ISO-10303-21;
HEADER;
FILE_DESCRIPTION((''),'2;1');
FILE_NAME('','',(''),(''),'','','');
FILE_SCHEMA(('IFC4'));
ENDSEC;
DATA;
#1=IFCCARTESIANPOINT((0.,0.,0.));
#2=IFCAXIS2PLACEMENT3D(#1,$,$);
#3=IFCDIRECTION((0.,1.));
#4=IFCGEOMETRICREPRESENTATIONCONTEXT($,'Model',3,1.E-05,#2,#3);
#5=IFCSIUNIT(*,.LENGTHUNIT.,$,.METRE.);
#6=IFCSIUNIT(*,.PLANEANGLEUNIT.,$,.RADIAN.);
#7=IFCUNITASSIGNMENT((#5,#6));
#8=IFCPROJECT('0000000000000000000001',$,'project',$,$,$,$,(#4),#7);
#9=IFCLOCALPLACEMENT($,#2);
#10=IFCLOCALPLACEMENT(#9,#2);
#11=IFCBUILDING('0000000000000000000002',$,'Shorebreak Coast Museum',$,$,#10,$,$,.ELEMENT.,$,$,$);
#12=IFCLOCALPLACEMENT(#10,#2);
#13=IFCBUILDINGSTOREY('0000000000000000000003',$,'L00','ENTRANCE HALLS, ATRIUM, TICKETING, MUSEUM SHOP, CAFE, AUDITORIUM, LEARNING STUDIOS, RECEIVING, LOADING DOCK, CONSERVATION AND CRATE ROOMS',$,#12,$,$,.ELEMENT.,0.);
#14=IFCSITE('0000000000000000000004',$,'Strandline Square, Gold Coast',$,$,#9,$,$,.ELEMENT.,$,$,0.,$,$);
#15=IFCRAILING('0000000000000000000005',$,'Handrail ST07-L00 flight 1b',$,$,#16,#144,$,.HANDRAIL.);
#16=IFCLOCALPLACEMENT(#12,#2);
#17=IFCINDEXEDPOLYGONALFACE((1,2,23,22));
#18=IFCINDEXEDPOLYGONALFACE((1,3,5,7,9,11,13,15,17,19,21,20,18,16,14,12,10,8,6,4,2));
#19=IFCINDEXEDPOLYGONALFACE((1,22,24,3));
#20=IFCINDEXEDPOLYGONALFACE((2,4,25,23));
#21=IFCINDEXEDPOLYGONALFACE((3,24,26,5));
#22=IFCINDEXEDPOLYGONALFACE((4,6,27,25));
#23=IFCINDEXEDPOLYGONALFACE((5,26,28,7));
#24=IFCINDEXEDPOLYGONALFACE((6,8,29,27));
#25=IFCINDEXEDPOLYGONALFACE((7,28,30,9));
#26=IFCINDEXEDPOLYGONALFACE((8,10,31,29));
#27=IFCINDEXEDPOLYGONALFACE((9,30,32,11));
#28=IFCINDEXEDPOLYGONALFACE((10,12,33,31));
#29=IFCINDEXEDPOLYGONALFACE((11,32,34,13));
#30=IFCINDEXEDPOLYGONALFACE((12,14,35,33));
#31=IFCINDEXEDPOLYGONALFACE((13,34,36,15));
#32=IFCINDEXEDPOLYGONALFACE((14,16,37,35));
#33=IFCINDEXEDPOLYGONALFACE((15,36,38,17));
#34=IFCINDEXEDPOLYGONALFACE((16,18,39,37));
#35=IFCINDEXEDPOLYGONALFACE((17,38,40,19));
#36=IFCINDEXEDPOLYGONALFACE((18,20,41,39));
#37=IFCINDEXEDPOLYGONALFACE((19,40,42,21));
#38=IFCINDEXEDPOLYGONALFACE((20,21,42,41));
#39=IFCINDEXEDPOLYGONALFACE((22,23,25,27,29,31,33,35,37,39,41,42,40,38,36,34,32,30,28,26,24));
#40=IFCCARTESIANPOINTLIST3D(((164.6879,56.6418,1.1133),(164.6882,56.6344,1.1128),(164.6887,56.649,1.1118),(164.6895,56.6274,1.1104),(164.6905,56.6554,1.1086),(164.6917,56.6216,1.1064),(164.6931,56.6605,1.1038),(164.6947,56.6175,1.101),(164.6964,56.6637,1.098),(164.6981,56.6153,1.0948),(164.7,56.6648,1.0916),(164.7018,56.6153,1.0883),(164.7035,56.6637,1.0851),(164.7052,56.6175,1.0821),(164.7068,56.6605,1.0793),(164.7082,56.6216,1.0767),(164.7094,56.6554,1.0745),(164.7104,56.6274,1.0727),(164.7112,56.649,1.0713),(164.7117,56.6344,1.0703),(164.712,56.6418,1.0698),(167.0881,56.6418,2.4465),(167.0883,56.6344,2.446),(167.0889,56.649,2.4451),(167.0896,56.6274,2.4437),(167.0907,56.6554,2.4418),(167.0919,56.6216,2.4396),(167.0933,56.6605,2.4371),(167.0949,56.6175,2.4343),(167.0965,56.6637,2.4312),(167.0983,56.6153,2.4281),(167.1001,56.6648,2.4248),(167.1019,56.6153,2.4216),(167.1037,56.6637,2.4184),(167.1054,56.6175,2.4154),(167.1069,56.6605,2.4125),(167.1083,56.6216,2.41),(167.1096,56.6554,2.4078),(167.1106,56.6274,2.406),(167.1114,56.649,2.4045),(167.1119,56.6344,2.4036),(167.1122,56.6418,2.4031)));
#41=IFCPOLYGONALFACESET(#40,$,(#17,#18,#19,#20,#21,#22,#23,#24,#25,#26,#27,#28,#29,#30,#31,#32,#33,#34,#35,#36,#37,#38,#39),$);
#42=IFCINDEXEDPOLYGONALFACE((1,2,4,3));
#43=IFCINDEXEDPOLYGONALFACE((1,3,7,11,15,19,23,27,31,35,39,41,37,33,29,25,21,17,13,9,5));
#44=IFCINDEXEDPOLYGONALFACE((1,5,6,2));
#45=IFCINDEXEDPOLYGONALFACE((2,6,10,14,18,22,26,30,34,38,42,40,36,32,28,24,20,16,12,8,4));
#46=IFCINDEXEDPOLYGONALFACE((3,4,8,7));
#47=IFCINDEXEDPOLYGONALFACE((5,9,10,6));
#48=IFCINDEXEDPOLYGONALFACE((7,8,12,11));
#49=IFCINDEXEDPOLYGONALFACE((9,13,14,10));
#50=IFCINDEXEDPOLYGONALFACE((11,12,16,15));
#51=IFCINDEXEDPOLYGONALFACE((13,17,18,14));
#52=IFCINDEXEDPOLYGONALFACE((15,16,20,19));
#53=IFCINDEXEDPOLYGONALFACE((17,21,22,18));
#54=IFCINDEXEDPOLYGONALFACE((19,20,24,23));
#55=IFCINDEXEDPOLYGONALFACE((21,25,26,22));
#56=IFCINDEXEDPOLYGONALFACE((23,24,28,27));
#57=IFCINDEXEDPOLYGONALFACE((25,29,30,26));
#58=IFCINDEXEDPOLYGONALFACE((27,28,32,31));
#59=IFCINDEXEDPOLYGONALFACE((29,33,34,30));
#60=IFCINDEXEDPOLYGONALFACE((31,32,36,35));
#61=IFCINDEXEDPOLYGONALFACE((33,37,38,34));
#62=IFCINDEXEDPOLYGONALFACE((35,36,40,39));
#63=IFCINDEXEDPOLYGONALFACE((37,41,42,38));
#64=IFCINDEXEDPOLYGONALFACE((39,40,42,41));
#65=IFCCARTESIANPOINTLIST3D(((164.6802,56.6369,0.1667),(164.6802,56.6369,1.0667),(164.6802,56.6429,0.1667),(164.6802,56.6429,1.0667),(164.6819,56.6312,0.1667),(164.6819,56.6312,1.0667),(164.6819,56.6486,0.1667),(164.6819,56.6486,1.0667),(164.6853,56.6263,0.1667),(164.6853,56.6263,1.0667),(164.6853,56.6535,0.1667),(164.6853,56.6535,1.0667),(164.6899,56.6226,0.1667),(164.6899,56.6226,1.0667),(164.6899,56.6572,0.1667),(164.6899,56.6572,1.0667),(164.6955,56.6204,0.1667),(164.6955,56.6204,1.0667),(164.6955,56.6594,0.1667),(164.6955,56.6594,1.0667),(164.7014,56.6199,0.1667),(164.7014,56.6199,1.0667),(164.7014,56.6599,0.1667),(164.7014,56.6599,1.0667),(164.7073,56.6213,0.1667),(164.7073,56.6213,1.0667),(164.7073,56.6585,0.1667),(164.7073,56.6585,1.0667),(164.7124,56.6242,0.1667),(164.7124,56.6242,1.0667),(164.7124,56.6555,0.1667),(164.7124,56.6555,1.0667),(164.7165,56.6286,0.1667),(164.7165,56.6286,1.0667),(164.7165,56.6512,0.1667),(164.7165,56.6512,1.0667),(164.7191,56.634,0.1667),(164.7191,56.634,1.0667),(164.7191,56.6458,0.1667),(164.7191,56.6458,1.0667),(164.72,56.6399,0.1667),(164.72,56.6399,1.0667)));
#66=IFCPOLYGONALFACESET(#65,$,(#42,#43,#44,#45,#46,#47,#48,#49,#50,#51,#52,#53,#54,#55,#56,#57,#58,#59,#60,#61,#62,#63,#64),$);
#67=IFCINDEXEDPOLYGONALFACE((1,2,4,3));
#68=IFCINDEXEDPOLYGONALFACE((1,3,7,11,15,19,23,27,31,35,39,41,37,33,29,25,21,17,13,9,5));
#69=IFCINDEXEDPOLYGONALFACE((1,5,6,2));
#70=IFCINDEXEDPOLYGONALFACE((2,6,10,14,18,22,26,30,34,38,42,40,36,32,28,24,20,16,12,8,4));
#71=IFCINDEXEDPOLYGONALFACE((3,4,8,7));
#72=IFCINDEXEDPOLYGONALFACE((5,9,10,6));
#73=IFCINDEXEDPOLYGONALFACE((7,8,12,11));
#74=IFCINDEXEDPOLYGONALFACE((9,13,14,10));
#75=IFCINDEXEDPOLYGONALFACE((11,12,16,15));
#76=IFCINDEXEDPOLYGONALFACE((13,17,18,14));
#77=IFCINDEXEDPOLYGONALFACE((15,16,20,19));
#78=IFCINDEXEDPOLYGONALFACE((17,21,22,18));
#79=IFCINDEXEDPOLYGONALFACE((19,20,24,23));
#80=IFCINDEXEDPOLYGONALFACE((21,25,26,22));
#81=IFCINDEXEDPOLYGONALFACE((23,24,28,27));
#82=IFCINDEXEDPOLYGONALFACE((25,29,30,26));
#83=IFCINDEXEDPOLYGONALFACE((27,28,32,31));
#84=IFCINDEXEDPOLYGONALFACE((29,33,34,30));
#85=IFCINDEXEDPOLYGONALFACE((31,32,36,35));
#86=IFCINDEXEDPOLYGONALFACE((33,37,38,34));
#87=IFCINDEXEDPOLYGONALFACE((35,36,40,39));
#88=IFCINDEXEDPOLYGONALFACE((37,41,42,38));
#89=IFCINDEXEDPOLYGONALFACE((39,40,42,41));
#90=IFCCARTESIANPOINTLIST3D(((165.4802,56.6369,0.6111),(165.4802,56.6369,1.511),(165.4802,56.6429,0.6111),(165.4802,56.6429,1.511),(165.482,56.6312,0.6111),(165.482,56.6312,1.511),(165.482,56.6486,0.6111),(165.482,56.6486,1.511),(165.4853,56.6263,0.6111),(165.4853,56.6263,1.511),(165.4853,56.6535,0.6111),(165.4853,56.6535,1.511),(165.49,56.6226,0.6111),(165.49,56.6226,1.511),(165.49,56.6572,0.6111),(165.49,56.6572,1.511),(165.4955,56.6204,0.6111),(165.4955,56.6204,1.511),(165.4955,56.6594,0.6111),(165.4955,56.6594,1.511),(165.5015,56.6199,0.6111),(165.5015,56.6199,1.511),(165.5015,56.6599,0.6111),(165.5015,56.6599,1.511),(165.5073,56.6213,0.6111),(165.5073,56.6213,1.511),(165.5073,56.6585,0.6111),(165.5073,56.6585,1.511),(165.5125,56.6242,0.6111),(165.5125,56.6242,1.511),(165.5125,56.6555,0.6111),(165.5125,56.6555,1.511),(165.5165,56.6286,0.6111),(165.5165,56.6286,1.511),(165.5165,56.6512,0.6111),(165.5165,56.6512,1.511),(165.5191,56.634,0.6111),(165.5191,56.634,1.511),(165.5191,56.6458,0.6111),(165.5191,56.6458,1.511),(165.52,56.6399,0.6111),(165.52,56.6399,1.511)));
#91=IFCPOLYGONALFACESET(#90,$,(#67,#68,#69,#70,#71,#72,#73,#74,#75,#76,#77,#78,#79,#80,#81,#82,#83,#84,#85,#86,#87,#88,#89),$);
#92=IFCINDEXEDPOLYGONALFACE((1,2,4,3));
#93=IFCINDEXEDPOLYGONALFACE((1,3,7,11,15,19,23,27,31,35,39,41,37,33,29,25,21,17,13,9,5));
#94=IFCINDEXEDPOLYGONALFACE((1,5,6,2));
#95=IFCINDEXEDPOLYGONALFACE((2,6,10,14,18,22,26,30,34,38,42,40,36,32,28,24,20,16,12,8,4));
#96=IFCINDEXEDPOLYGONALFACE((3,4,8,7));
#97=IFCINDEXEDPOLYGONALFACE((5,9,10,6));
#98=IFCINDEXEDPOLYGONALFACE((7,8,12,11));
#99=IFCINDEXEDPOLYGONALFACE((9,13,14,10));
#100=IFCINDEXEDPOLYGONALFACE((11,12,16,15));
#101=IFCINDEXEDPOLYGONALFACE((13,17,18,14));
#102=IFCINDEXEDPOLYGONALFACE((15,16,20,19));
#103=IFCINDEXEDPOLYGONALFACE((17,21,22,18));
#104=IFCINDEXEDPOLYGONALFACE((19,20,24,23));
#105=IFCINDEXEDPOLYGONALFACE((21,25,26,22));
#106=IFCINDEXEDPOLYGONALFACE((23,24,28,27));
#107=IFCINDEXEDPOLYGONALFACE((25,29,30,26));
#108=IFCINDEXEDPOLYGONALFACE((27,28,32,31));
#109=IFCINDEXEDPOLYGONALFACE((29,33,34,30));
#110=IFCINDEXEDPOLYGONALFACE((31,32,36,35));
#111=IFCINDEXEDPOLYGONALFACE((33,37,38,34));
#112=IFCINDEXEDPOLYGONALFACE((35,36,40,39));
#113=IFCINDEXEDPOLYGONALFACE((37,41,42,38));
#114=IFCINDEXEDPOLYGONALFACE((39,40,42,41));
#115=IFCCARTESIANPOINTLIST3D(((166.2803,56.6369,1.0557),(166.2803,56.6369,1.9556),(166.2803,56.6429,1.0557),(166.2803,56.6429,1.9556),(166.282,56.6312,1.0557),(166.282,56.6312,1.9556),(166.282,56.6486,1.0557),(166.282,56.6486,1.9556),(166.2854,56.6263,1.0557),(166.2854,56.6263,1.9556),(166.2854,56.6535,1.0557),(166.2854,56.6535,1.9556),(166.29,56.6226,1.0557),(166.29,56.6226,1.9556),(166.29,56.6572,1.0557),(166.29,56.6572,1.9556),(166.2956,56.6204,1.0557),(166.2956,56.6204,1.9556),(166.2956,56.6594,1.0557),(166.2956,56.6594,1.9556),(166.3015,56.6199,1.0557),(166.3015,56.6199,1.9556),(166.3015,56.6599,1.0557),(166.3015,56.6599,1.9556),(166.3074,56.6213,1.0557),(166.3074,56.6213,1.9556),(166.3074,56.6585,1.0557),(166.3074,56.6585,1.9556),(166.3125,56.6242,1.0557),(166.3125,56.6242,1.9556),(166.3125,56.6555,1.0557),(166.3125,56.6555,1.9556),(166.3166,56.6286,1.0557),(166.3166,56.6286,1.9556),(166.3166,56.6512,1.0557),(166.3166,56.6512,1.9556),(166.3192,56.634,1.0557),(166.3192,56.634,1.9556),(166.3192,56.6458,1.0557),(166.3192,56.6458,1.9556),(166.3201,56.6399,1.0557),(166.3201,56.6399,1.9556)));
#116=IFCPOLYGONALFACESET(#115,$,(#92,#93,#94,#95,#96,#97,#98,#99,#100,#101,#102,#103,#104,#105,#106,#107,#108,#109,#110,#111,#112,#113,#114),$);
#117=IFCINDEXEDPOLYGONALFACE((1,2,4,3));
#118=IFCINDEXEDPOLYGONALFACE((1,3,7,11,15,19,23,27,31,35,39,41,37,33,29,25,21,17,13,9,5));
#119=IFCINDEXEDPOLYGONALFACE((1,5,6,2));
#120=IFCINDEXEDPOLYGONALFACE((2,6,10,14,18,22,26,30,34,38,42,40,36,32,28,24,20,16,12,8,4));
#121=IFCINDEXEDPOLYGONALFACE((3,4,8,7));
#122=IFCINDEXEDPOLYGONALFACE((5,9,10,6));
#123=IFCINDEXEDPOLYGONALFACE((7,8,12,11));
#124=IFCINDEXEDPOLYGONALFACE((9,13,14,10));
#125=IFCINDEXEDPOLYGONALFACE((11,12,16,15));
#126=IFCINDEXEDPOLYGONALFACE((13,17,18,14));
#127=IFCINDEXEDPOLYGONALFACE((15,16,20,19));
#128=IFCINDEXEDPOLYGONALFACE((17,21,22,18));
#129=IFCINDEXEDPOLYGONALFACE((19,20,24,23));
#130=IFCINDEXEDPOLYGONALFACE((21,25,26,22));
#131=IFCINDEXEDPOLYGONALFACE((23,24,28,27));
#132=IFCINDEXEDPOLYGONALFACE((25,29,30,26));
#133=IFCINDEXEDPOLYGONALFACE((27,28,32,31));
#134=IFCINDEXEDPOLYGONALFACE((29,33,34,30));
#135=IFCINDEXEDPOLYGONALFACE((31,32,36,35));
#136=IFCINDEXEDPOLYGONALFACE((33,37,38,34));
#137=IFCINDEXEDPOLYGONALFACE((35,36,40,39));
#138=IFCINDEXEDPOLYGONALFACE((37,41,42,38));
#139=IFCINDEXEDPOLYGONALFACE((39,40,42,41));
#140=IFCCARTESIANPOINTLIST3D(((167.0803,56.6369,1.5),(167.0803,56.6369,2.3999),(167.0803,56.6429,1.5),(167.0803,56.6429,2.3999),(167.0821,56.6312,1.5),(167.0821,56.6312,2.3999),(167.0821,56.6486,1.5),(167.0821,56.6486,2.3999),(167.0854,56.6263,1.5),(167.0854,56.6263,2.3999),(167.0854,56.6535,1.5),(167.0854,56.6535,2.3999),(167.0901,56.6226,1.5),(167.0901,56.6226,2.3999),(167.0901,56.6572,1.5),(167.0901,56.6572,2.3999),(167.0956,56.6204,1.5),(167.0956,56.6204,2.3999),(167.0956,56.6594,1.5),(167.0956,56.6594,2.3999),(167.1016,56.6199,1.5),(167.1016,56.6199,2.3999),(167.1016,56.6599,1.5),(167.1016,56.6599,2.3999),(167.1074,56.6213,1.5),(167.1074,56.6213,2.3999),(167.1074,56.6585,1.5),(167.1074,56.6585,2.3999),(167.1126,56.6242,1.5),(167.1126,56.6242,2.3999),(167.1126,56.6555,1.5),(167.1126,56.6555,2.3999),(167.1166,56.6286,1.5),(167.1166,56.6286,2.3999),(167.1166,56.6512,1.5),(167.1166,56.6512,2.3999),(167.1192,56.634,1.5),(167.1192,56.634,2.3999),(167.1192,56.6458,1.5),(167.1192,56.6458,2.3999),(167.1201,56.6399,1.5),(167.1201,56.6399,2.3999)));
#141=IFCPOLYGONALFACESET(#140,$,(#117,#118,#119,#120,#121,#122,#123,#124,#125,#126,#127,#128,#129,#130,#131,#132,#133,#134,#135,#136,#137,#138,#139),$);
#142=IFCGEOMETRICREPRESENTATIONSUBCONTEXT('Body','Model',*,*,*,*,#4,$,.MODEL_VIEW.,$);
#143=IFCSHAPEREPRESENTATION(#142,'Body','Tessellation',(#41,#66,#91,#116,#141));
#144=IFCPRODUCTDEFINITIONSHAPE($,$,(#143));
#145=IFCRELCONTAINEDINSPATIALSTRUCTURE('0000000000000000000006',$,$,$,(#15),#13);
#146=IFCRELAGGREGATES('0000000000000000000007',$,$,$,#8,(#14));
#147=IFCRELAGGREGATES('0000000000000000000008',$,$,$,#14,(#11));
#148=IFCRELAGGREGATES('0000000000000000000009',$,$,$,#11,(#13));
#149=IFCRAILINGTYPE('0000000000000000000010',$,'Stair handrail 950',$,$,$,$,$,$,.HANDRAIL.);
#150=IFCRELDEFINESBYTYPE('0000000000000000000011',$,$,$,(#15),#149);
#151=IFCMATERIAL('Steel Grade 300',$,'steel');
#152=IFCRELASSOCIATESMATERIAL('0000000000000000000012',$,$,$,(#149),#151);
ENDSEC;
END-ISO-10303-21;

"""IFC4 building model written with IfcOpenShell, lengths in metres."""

from ifc_helpers import new_model, si_unit, direction, frame, origin, origin_2d, place, context, subcontext, project, spatial, circle, extrude, material, type_object, element, save


model = new_model("IFC4")

# Units and contexts
model_context = context("Model", 3, precision=1e-05, world=origin(), true_north=direction((0.0, 1.0)))
body_context = subcontext(model_context, "Body", "Model", "MODEL_VIEW")
ifc_project = project(units=[si_unit("LENGTHUNIT", "METRE"), si_unit("PLANEANGLEUNIT", "RADIAN")], contexts=[model_context])

# Site, building, storey
site_placement = place(None, origin())
site = spatial("IfcSite", under=ifc_project, at=site_placement, Name="Strandline Square, Gold Coast", CompositionType="ELEMENT", RefElevation=0.0)
building_placement = place(site_placement, origin())
building = spatial("IfcBuilding", under=site, at=building_placement, Name="Shorebreak Coast Museum", CompositionType="ELEMENT")
storey_placement = place(building_placement, origin())
storey = spatial("IfcBuildingStorey", under=building, at=storey_placement, Name="L00", Description="ENTRANCE HALLS, ATRIUM, TICKETING, MUSEUM SHOP, CAFE, AUDITORIUM, LEARNING STUDIOS, RECEIVING, LOADING DOCK, CONSERVATION AND CRATE ROOMS", CompositionType="ELEMENT", Elevation=0.0)

# Railing
ifc_material_1 = material(Name="Steel Grade 300", Category="steel")
railing_type_1 = type_object("IfcRailingType", Name="Stair handrail 950", PredefinedType="HANDRAIL", material=ifc_material_1)
for number, where, name in (
    (1, (164.7, 56.6399, 0.1667), "Handrail ST07-L00 flight 1b"),
):
    element("IfcRailing", number, at=place(storey_placement, frame(where)), inside=storey, type_object=railing_type_1, Name=name, PredefinedType="HANDRAIL", context=body_context, shape_type="SweptSolid", body=[
        extrude(circle(Radius=0.0249, at=origin_2d()), frame((0.0, 0.0, 0.9248), z_axis=(0.874182, 0.0, 0.485598), x_axis=(0.0, 1.0, 0.0)), (0.0, 0.0, 1.0), 2.7456),
        extrude(circle(Radius=0.02, at=origin_2d()), origin(), (0.0, 0.0, 1.0), 0.8999),
        extrude(circle(Radius=0.02, at=origin_2d()), frame((0.8, 0.0, 0.4443)), (0.0, 0.0, 1.0), 0.8999),
        extrude(circle(Radius=0.02, at=origin_2d()), frame((1.6001, 0.0, 0.8889)), (0.0, 0.0, 1.0), 0.8999),
        extrude(circle(Radius=0.02, at=origin_2d()), frame((2.4001, 0.0, 1.3333)), (0.0, 0.0, 1.0), 0.8999),
    ])

save(model, "model.ifc")
